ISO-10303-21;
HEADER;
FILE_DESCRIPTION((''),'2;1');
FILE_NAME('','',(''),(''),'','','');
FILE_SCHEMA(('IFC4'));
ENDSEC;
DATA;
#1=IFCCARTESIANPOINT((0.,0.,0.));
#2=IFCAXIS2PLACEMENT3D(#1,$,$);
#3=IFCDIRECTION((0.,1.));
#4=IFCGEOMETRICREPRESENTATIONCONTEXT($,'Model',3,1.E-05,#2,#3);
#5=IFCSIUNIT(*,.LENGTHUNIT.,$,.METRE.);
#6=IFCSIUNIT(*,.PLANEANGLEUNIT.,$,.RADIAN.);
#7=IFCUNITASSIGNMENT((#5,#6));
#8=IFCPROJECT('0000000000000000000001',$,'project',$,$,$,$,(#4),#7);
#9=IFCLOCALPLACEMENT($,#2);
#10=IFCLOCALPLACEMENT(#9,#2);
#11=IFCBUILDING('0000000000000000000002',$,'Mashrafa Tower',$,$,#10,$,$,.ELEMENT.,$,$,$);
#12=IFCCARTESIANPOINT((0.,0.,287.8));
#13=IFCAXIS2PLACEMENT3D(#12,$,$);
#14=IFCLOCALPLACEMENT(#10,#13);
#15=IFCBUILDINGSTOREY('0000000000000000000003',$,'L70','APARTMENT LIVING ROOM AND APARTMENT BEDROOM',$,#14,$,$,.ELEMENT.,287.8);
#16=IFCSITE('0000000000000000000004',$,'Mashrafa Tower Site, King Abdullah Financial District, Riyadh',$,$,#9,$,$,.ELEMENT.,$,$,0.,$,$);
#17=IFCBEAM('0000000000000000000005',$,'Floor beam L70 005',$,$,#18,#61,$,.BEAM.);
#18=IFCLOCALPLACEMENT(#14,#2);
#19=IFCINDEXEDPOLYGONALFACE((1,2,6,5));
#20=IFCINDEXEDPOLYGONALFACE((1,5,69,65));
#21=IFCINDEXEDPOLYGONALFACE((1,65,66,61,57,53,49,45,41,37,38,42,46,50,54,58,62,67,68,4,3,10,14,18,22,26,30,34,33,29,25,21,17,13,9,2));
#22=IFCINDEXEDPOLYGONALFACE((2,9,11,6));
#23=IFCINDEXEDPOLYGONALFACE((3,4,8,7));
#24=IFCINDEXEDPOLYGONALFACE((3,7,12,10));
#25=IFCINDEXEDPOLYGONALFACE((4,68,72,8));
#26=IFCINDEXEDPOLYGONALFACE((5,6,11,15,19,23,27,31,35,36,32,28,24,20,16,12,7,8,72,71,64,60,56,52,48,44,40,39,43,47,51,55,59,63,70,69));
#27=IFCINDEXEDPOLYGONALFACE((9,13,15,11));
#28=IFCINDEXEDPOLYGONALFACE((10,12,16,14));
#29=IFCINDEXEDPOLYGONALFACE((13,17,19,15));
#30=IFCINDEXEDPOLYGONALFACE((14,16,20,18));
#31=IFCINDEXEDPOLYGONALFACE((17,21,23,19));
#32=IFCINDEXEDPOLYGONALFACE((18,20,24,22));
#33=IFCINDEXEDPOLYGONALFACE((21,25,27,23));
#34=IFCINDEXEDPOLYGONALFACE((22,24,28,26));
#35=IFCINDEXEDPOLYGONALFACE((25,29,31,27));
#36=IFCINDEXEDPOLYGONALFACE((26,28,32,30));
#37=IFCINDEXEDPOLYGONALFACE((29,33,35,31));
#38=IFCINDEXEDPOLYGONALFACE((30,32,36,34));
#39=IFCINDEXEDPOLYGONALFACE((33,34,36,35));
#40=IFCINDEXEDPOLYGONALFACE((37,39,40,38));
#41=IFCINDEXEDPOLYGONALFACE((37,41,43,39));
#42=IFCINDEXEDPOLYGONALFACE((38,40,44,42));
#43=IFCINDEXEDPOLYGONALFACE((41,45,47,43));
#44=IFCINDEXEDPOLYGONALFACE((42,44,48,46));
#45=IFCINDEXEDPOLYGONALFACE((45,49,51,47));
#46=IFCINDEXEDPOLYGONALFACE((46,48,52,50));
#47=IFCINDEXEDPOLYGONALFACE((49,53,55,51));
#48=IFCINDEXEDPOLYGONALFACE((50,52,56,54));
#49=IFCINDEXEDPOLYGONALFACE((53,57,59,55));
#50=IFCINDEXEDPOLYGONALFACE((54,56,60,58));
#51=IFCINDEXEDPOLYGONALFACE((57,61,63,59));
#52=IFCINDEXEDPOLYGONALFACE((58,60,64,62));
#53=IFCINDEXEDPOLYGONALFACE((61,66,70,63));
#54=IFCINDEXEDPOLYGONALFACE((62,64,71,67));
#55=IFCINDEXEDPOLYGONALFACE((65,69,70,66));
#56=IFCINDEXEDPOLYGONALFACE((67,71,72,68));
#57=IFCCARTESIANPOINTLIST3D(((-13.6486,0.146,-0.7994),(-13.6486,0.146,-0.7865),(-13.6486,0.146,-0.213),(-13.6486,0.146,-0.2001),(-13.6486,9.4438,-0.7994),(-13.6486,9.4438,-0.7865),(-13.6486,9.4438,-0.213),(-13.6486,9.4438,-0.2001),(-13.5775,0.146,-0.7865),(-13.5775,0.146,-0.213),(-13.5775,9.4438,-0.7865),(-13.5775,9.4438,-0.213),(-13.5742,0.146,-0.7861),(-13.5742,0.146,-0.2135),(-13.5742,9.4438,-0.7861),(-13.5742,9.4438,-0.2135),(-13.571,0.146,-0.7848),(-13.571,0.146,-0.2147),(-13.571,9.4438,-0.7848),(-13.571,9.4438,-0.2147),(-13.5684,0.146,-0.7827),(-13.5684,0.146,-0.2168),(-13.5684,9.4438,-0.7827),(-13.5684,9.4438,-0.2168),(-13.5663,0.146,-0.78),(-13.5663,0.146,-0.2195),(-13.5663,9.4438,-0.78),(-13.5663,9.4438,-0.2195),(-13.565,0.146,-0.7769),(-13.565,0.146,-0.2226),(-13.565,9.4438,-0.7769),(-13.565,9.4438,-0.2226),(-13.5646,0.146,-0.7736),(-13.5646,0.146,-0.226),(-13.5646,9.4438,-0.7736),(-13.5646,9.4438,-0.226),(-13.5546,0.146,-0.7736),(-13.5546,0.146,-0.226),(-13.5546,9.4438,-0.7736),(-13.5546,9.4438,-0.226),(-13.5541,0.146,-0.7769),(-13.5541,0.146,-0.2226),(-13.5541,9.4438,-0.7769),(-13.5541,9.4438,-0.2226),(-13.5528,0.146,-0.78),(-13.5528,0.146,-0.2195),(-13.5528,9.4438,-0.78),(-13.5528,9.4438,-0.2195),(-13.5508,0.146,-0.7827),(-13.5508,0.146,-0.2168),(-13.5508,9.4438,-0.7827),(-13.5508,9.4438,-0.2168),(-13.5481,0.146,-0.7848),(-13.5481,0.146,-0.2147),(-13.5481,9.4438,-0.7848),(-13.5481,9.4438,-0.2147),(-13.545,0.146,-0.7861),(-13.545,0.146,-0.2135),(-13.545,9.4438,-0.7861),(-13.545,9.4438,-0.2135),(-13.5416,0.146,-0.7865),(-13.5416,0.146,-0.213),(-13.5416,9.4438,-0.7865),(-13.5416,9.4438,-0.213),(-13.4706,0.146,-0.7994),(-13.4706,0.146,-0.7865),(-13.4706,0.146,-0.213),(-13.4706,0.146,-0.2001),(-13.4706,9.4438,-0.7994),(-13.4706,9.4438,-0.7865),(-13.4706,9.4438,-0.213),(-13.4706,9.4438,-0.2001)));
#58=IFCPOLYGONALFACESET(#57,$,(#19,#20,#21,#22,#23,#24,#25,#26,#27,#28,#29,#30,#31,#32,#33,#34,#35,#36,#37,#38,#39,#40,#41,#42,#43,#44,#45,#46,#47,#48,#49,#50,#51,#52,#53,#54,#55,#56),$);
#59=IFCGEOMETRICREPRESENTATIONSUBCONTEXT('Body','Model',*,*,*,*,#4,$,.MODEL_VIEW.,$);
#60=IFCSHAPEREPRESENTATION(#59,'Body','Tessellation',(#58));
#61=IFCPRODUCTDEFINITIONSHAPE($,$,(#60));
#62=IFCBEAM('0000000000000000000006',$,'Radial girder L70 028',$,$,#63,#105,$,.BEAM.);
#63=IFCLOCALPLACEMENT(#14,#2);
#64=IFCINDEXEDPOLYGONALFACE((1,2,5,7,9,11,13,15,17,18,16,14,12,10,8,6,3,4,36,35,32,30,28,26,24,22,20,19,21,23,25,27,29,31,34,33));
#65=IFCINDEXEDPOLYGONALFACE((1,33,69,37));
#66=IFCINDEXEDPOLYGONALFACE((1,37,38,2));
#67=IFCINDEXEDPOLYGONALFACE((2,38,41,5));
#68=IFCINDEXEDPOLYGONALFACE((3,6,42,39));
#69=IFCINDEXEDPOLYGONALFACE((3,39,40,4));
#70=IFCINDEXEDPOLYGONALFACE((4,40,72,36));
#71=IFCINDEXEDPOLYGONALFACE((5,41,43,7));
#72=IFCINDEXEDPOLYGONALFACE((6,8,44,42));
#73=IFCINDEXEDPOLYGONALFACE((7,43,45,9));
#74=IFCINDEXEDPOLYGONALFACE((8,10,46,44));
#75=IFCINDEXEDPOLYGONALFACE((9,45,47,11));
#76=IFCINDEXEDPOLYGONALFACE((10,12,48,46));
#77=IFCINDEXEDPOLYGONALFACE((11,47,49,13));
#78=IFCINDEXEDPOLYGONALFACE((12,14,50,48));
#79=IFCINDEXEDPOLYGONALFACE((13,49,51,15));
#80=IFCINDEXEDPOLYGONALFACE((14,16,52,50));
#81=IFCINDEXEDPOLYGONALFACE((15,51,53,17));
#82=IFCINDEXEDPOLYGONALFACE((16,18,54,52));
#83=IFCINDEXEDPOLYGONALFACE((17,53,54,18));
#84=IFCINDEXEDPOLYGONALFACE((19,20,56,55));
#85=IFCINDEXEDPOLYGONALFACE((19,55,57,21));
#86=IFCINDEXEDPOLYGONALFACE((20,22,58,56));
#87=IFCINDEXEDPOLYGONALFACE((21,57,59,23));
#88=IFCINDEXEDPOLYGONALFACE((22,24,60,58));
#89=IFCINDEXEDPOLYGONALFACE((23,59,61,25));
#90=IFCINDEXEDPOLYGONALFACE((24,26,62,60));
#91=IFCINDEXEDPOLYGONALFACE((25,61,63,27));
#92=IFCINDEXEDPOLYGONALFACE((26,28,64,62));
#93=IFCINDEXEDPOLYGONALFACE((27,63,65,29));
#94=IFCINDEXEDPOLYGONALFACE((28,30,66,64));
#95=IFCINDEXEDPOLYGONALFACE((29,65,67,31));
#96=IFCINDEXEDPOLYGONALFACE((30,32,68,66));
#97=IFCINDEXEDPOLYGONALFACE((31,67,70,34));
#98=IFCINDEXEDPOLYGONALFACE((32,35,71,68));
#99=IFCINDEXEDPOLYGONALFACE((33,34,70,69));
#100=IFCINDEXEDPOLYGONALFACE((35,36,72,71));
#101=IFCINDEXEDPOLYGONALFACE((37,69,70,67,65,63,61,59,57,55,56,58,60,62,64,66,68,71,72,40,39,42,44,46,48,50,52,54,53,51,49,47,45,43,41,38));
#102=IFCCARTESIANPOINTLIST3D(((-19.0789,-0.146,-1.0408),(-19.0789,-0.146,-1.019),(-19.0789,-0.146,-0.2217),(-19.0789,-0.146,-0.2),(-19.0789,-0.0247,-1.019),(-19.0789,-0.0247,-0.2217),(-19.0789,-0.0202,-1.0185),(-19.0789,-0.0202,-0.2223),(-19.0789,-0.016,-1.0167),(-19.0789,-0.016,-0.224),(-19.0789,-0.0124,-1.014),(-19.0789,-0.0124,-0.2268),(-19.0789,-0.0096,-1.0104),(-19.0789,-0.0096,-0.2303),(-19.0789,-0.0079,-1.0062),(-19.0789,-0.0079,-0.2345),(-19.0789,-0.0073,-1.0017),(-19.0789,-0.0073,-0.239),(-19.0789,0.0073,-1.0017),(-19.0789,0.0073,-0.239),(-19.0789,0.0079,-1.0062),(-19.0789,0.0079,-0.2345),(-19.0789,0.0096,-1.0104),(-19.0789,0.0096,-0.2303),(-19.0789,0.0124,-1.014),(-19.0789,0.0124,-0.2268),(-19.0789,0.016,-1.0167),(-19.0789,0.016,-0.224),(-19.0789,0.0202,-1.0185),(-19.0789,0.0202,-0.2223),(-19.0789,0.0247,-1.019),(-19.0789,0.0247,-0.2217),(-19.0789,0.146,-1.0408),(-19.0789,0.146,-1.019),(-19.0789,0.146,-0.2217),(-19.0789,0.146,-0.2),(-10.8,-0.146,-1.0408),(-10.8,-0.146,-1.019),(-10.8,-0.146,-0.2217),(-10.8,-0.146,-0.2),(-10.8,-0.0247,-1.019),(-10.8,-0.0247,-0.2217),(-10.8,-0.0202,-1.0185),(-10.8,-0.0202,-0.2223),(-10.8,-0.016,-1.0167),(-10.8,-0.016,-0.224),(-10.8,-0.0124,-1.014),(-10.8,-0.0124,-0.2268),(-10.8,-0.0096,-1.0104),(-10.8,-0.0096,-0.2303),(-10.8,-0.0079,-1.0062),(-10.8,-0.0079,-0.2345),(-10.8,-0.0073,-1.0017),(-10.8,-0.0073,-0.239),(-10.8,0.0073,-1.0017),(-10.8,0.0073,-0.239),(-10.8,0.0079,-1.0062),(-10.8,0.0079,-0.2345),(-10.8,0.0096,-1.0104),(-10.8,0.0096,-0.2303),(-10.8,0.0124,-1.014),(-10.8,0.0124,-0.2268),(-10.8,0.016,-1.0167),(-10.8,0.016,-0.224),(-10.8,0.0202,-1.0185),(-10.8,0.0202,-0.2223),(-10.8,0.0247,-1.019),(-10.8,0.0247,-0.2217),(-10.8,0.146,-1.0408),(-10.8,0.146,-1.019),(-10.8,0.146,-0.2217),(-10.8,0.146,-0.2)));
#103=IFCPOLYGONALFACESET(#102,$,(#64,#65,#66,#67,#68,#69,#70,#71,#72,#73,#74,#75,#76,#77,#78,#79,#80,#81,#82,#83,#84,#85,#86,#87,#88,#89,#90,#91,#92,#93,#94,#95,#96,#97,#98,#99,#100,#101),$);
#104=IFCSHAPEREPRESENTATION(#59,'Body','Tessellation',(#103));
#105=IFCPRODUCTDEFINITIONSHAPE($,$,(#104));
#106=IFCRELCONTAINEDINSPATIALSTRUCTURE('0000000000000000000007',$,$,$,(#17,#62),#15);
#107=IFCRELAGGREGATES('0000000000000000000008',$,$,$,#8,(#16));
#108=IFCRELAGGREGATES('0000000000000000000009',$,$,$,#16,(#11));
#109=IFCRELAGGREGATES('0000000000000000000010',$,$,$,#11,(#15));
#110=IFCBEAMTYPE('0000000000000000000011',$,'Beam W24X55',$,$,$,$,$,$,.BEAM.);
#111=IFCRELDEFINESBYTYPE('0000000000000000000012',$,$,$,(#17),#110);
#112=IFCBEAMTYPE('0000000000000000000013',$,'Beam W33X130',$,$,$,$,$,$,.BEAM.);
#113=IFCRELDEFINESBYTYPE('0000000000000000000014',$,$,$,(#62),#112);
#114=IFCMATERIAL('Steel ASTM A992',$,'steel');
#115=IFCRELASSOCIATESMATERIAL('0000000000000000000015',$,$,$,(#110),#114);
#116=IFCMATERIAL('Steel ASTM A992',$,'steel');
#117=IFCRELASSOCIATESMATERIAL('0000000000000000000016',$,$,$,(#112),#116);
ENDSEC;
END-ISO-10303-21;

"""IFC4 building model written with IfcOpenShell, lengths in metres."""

from ifc_helpers import new_model, si_unit, direction, frame, origin, origin_2d, place, context, subcontext, project, spatial, i_section, extrude, material, material_profile, profile_set, type_object, element, save


model = new_model("IFC4")

# Units and contexts
model_context = context("Model", 3, precision=1e-05, world=origin(), true_north=direction((0.0, 1.0)))
body_context = subcontext(model_context, "Body", "Model", "MODEL_VIEW")
ifc_project = project(units=[si_unit("LENGTHUNIT", "METRE"), si_unit("PLANEANGLEUNIT", "RADIAN")], contexts=[model_context])

# Site, building, storey
site_placement = place(None, origin())
site = spatial("IfcSite", under=ifc_project, at=site_placement, Name="Mashrafa Tower Site, King Abdullah Financial District, Riyadh", CompositionType="ELEMENT", RefElevation=0.0)
building_placement = place(site_placement, origin())
building = spatial("IfcBuilding", under=site, at=building_placement, Name="Mashrafa Tower", CompositionType="ELEMENT")
storey_placement = place(building_placement, frame((0.0, 0.0, 287.8)))
storey = spatial("IfcBuildingStorey", under=building, at=storey_placement, Name="L70", Description="APARTMENT LIVING ROOM AND APARTMENT BEDROOM", CompositionType="ELEMENT", Elevation=287.8)

# Beams
ifc_material_1 = material(Name="Steel ASTM A992", Category="steel")
ifc_material_profile_1 = material_profile(ifc_material_1, i_section(OverallWidth=0.178, OverallDepth=0.5994, WebThickness=0.01, FlangeThickness=0.0129, FilletRadius=0.0129, at=origin_2d()), Name="W24X55")
ifc_profile_set_1 = profile_set([ifc_material_profile_1], Name="Steel ASTM A992")
beam_type_1 = type_object("IfcBeamType", Name="Beam W24X55", PredefinedType="BEAM", material=ifc_profile_set_1)
beam_1_placement = place(storey_placement, frame((-13.5596, 0.146, -0.4998), z_axis=(0.0, 1.0, 0.0), x_axis=(-1.0, 0.0, 0.0)))
element("IfcBeam", 1, at=beam_1_placement, inside=storey, type_object=beam_type_1, Name="Floor beam L70 005", PredefinedType="BEAM", context=body_context, shape_type="SweptSolid", body=[
    extrude(i_section(OverallWidth=0.178, OverallDepth=0.5994, WebThickness=0.01, FlangeThickness=0.0129, FilletRadius=0.0129, at=origin_2d()), origin(), (0.0, 0.0, 1.0), 9.2979),
])
ifc_material_2 = material(Name="Steel ASTM A992", Category="steel")
ifc_material_profile_2 = material_profile(ifc_material_2, i_section(OverallWidth=0.292, OverallDepth=0.8408, WebThickness=0.0146, FlangeThickness=0.0217, FilletRadius=0.0173, at=origin_2d()), Name="W33X130")
ifc_profile_set_2 = profile_set([ifc_material_profile_2], Name="Steel ASTM A992")
beam_type_2 = type_object("IfcBeamType", Name="Beam W33X130", PredefinedType="BEAM", material=ifc_profile_set_2)
beam_2_placement = place(storey_placement, frame((-10.8, 0.0, -0.6204), z_axis=(-1.0, 0.0, 0.0), x_axis=(0.0, -1.0, 0.0)))
element("IfcBeam", 2, at=beam_2_placement, inside=storey, type_object=beam_type_2, Name="Radial girder L70 028", PredefinedType="BEAM", context=body_context, shape_type="SweptSolid", body=[
    extrude(i_section(OverallWidth=0.292, OverallDepth=0.8408, WebThickness=0.0146, FlangeThickness=0.0217, FilletRadius=0.0173, at=origin_2d()), origin(), (0.0, 0.0, 1.0), 8.2788),
])

save(model, "model.ifc")
